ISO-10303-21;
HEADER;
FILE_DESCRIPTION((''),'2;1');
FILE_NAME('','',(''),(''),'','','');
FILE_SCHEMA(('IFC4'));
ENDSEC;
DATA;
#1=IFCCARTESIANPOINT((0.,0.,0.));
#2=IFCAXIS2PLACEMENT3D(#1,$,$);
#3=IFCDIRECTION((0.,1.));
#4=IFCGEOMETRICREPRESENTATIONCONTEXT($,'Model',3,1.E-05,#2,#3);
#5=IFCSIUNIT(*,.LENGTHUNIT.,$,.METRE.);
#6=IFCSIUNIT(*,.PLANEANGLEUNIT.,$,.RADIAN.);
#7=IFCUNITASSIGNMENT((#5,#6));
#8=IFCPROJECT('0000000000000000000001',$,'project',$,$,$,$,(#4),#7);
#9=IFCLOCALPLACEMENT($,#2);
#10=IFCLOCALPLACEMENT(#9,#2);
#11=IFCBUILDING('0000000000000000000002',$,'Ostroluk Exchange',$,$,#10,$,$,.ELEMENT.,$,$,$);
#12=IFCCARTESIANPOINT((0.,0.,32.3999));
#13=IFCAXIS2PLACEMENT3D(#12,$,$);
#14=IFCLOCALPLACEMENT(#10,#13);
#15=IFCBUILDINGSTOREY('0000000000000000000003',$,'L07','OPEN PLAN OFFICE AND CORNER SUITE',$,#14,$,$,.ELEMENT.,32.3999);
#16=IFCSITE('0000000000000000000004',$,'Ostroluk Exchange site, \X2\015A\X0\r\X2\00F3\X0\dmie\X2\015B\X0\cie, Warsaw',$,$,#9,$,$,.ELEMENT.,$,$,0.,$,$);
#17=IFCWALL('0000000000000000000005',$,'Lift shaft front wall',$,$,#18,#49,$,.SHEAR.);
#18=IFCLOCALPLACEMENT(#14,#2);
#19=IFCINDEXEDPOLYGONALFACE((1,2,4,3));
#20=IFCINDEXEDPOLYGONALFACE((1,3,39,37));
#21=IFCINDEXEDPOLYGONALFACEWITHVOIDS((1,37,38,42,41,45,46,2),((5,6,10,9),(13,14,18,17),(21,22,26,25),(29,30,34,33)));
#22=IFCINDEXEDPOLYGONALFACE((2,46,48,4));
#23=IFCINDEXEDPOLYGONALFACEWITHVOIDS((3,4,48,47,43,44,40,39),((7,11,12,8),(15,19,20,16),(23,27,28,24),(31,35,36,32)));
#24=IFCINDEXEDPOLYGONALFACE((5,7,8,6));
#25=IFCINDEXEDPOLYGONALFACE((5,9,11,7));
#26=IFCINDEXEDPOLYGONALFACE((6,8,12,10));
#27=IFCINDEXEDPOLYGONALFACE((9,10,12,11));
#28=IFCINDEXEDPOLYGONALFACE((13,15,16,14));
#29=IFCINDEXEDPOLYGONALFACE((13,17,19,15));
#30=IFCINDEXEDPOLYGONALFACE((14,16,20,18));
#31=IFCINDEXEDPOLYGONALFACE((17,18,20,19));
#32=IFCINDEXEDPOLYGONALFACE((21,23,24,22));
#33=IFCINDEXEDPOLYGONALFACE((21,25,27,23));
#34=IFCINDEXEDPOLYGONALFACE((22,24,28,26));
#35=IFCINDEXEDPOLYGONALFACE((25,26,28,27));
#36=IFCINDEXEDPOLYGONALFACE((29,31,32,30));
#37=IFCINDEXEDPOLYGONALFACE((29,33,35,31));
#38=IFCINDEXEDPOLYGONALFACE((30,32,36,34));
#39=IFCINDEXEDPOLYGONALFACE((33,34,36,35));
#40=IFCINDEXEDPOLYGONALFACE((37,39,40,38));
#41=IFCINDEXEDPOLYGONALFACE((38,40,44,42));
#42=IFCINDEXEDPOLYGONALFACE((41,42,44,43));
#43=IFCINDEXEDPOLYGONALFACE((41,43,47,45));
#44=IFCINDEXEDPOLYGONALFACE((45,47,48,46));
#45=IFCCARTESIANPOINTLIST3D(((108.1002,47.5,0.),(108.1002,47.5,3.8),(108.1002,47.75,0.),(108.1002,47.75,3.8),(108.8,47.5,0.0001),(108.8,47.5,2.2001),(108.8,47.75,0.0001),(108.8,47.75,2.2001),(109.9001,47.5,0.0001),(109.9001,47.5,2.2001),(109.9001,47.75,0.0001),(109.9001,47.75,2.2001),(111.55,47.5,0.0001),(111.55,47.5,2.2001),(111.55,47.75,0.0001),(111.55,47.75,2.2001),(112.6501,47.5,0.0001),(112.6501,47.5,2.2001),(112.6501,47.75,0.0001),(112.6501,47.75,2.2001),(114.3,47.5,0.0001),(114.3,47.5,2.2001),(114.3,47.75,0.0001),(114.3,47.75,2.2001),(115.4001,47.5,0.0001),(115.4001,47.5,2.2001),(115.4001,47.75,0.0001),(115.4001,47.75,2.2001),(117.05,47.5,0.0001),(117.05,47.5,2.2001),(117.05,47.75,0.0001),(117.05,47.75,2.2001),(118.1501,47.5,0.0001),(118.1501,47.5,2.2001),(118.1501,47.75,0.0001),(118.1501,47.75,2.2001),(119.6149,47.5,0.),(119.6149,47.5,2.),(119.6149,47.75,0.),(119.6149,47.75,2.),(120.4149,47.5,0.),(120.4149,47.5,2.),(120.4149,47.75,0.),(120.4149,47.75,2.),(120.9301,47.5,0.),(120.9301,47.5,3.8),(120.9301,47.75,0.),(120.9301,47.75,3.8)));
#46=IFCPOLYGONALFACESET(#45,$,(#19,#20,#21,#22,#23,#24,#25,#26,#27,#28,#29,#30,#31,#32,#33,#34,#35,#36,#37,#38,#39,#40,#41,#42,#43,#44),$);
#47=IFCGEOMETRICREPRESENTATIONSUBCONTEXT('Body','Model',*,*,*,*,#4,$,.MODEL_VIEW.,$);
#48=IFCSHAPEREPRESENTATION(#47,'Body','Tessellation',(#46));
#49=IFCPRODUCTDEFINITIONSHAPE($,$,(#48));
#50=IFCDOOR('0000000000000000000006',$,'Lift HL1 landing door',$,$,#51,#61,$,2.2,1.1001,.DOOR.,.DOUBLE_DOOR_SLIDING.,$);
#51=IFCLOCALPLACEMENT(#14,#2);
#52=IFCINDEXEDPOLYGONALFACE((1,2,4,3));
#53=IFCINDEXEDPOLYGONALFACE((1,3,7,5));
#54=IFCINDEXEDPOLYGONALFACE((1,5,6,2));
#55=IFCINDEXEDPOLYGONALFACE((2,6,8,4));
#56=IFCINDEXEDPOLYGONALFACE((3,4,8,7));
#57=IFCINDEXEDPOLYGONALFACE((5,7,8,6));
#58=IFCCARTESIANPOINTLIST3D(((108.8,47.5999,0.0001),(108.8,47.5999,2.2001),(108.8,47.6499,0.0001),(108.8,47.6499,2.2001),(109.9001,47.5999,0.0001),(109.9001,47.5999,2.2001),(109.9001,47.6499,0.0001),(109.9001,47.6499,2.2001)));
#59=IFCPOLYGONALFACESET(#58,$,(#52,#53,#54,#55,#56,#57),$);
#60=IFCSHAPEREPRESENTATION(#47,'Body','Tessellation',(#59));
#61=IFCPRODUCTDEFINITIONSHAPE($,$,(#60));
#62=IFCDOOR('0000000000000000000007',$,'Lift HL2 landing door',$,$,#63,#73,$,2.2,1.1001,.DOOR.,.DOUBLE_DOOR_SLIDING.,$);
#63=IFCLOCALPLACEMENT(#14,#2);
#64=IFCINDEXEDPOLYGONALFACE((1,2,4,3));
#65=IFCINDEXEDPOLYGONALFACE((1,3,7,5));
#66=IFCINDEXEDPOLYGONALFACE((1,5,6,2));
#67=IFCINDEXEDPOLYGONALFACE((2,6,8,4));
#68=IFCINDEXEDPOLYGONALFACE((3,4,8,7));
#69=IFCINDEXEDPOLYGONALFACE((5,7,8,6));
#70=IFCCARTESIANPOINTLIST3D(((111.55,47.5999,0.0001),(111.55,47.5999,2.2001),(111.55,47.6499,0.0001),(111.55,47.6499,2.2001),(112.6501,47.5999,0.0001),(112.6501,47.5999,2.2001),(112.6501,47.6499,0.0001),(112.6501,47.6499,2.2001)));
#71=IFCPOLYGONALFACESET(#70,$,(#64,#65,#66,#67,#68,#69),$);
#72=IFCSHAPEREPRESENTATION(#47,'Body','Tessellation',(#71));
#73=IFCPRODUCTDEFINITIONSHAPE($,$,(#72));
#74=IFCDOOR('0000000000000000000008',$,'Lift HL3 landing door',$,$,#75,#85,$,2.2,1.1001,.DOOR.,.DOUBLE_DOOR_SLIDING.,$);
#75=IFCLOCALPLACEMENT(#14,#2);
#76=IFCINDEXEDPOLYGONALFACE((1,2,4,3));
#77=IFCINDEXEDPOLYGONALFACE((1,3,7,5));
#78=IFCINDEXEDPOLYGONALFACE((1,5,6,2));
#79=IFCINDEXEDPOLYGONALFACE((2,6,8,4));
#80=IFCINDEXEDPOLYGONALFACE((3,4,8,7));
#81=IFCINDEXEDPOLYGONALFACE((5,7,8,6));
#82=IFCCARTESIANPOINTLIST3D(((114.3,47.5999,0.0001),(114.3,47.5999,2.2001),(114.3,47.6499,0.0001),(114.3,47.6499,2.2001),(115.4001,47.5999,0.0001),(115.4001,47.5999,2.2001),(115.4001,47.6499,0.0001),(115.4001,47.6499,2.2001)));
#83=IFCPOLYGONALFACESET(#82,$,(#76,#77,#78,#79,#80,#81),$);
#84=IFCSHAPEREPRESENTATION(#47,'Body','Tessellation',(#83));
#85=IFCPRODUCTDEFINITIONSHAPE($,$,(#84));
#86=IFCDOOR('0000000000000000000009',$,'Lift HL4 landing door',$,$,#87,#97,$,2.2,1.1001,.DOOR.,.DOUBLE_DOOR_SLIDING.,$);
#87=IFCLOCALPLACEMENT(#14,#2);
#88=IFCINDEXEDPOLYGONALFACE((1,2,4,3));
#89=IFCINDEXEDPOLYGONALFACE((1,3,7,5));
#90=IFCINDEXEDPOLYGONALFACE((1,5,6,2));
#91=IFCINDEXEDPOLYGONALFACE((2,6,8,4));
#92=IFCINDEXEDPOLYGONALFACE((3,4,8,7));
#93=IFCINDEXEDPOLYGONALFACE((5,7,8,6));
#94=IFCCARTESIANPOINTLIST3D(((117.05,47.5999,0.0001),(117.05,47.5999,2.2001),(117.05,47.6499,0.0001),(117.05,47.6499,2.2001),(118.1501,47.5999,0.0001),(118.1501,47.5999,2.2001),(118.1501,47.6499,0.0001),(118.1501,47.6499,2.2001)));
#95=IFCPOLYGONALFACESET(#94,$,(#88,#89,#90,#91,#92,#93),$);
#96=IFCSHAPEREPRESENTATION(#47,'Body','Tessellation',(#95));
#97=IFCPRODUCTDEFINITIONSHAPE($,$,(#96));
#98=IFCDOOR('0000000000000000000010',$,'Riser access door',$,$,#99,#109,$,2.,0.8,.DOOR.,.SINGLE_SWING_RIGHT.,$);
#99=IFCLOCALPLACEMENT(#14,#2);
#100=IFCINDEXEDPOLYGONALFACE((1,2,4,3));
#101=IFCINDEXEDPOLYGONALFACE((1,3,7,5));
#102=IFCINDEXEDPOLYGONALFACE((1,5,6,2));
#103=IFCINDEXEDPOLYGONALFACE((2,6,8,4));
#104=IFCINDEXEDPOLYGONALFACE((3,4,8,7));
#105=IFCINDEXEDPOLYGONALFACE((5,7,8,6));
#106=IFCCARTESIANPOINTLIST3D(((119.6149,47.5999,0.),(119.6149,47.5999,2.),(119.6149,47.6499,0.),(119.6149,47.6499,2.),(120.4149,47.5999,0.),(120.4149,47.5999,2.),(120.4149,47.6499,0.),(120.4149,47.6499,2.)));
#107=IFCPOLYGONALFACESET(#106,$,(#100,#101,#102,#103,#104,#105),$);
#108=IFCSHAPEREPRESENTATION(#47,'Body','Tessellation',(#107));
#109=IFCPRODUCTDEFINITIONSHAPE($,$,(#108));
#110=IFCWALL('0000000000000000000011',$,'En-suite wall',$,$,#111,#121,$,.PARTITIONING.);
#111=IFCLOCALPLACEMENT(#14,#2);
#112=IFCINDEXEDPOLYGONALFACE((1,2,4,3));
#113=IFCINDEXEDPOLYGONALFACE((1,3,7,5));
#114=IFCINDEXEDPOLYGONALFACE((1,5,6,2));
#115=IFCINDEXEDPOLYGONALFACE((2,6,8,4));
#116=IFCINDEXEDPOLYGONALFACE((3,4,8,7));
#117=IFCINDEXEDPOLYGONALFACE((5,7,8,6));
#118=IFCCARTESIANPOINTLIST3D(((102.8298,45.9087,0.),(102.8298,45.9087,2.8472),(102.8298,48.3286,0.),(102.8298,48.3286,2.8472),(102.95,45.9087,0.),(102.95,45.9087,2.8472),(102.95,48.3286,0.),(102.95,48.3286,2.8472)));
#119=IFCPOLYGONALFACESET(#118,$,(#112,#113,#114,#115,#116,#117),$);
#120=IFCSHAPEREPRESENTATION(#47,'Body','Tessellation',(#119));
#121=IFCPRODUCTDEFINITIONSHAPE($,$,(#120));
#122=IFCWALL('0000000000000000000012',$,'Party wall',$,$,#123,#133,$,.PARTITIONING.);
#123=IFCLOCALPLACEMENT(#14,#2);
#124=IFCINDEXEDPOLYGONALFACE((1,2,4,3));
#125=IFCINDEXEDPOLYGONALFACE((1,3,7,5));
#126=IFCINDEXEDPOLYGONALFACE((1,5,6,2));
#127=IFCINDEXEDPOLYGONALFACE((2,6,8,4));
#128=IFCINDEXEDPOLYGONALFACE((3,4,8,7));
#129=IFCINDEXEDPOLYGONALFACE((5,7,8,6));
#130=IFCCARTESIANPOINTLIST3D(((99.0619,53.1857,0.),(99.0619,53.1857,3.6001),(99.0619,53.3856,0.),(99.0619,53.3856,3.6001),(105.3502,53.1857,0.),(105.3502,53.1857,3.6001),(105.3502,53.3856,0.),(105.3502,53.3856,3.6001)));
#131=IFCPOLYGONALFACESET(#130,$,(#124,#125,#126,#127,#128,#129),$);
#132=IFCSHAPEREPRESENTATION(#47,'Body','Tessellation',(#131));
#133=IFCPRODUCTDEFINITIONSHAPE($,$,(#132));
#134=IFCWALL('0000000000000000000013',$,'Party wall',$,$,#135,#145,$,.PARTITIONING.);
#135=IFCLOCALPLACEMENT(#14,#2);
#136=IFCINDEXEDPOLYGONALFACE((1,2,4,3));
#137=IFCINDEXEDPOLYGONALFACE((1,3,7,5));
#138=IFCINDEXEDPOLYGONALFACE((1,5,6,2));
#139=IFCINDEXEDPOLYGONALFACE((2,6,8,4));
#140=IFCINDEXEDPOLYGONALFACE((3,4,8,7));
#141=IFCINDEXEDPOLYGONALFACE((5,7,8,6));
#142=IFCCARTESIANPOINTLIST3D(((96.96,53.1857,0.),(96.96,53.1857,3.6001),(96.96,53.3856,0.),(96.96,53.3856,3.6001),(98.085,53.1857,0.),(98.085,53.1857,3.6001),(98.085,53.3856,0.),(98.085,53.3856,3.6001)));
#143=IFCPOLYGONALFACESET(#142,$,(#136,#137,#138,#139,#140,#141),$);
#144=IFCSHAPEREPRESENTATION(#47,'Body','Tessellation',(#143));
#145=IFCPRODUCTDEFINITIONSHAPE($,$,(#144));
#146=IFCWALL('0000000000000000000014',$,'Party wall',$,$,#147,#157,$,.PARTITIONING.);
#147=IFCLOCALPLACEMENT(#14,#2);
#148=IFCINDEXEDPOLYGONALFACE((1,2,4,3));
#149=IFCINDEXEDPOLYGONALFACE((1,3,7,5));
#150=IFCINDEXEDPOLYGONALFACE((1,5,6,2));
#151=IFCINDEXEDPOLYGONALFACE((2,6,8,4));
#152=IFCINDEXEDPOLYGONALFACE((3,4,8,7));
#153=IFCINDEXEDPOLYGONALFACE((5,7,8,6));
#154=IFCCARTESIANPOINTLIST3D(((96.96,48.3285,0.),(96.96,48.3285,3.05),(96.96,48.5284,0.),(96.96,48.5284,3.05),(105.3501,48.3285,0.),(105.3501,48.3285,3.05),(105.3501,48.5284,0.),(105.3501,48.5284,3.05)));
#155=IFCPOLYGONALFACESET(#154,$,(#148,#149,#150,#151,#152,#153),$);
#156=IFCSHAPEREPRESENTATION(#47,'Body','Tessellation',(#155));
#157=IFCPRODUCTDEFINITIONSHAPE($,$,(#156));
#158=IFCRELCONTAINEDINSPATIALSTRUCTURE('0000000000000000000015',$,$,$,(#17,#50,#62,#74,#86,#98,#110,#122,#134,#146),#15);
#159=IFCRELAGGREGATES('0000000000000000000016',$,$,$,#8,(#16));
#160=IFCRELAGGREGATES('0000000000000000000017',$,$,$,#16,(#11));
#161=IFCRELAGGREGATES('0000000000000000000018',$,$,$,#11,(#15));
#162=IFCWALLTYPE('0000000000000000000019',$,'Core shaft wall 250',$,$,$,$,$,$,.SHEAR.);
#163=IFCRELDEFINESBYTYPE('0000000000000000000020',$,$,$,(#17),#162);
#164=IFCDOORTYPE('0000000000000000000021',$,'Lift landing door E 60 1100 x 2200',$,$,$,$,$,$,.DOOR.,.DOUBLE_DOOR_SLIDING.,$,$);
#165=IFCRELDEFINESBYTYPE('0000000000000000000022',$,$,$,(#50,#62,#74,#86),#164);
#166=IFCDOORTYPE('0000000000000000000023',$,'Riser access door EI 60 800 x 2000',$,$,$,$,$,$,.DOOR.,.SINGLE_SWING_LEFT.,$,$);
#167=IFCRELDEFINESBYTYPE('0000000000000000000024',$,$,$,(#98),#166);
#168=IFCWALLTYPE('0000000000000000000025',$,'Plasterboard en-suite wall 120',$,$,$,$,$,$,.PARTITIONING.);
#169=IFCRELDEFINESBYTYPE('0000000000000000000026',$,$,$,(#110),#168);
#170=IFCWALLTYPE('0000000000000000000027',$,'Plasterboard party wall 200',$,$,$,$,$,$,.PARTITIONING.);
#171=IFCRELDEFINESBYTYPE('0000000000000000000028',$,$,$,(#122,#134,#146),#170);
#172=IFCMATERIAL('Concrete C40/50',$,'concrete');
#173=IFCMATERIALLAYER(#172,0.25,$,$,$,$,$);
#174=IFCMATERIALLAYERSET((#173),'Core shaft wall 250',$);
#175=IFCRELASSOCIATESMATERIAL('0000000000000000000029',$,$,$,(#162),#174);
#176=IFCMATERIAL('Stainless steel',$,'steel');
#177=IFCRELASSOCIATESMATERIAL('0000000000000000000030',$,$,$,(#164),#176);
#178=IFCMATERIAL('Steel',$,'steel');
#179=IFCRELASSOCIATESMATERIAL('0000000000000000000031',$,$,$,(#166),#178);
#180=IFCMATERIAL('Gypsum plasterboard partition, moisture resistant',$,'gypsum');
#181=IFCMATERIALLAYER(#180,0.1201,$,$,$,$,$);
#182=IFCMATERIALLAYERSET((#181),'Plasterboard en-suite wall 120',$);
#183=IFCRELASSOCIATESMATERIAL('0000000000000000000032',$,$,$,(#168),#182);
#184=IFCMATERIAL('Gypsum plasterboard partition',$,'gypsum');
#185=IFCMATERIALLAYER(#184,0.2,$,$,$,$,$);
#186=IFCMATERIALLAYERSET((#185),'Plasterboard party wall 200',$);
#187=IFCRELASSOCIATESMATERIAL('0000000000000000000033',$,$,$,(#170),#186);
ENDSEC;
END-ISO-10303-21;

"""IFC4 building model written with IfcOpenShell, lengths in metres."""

from ifc_helpers import new_model, si_unit, direction, frame, frame_2d, origin, place, context, subcontext, project, spatial, rectangle, extrude, material, layer, layer_set, type_object, element, fill, save


model = new_model("IFC4")

# Units and contexts
model_context = context("Model", 3, precision=1e-05, world=origin(), true_north=direction((0.0, 1.0)))
body_context = subcontext(model_context, "Body", "Model", "MODEL_VIEW")
ifc_project = project(units=[si_unit("LENGTHUNIT", "METRE"), si_unit("PLANEANGLEUNIT", "RADIAN")], contexts=[model_context])

# Site, building, storey
site_placement = place(None, origin())
site = spatial("IfcSite", under=ifc_project, at=site_placement, Name="Ostroluk Exchange site, Śródmieście, Warsaw", CompositionType="ELEMENT", RefElevation=0.0)
building_placement = place(site_placement, origin())
building = spatial("IfcBuilding", under=site, at=building_placement, Name="Ostroluk Exchange", CompositionType="ELEMENT")
storey_placement = place(building_placement, frame((0.0, 0.0, 32.3999)))
storey = spatial("IfcBuildingStorey", under=building, at=storey_placement, Name="L07", Description="OPEN PLAN OFFICE AND CORNER SUITE", CompositionType="ELEMENT", Elevation=32.3999)

# Shared definitions
ifc_material_1 = material(Name="Concrete C40/50", Category="concrete")
ifc_layer_1 = layer(ifc_material_1, 0.25)
ifc_layer_set_1 = layer_set([ifc_layer_1], Name="Core shaft wall 250")
wall_type_1 = type_object("IfcWallType", Name="Core shaft wall 250", PredefinedType="SHEAR", material=ifc_layer_set_1)

# Wall, openings, doors
wall_1_placement = place(storey_placement, frame((108.1001, 47.625, 0.0), z_axis=(0.0, 0.0, 1.0), x_axis=(1.0, 0.0, 0.0)))
wall_1 = element("IfcWall", 1, at=wall_1_placement, inside=storey, type_object=wall_type_1, Name="Lift shaft front wall", PredefinedType="SHEAR", context=body_context, shape_type="SweptSolid", body=[
    extrude(rectangle(XDim=12.8298, YDim=0.25, at=frame_2d((6.415, 0.0))), origin(), (0.0, 0.0, 1.0), 3.8),
])
opening_1_placement = place(wall_1_placement, frame((0.7, 0.0, 0.0)))
opening_1 = element("IfcOpeningElement", 2, at=opening_1_placement, cuts=wall_1, PredefinedType="OPENING", context=body_context, shape_type="SweptSolid", body=[
    extrude(rectangle(XDim=1.1001, YDim=2.2, at=frame_2d((0.55, 1.1001))), frame((0.0, 0.135, 0.0), z_axis=(0.0, -1.0, 0.0), x_axis=(1.0, 0.0, 0.0)), (0.0, 0.0, 1.0), 0.27),
])
opening_2_placement = place(wall_1_placement, frame((3.45, 0.0, 0.0)))
opening_2 = element("IfcOpeningElement", 3, at=opening_2_placement, cuts=wall_1, PredefinedType="OPENING", context=body_context, shape_type="SweptSolid", body=[
    extrude(rectangle(XDim=1.1001, YDim=2.2, at=frame_2d((0.55, 1.1001))), frame((0.0, 0.135, 0.0), z_axis=(0.0, -1.0, 0.0), x_axis=(1.0, 0.0, 0.0)), (0.0, 0.0, 1.0), 0.27),
])
opening_3_placement = place(wall_1_placement, frame((6.2, 0.0, 0.0)))
opening_3 = element("IfcOpeningElement", 4, at=opening_3_placement, cuts=wall_1, PredefinedType="OPENING", context=body_context, shape_type="SweptSolid", body=[
    extrude(rectangle(XDim=1.1001, YDim=2.2, at=frame_2d((0.55, 1.1001))), frame((0.0, 0.135, 0.0), z_axis=(0.0, -1.0, 0.0), x_axis=(1.0, 0.0, 0.0)), (0.0, 0.0, 1.0), 0.27),
])
opening_4_placement = place(wall_1_placement, frame((8.95, 0.0, 0.0)))
opening_4 = element("IfcOpeningElement", 5, at=opening_4_placement, cuts=wall_1, PredefinedType="OPENING", context=body_context, shape_type="SweptSolid", body=[
    extrude(rectangle(XDim=1.1001, YDim=2.2, at=frame_2d((0.55, 1.1001))), frame((0.0, 0.135, 0.0), z_axis=(0.0, -1.0, 0.0), x_axis=(1.0, 0.0, 0.0)), (0.0, 0.0, 1.0), 0.27),
])
opening_5_placement = place(wall_1_placement, frame((11.5149, 0.0, 0.0)))
opening_5 = element("IfcOpeningElement", 6, at=opening_5_placement, cuts=wall_1, PredefinedType="OPENING", context=body_context, shape_type="SweptSolid", body=[
    extrude(rectangle(XDim=0.8, YDim=2.0, at=frame_2d((0.3999, 1.0))), frame((0.0, 0.135, 0.0), z_axis=(0.0, -1.0, 0.0), x_axis=(1.0, 0.0, 0.0)), (0.0, 0.0, 1.0), 0.27),
])
ifc_material_2 = material(Name="Stainless steel", Category="steel")
door_type_1 = type_object("IfcDoorType", Name="Lift landing door E 60 1100 x 2200", OperationType="DOUBLE_DOOR_SLIDING", PredefinedType="DOOR", material=ifc_material_2)
door_1_placement = place(opening_1_placement, origin())
door_1 = element("IfcDoor", 7, at=door_1_placement, inside=storey, type_object=door_type_1, Name="Lift HL1 landing door", OperationType="DOUBLE_DOOR_SLIDING", OverallHeight=2.2, OverallWidth=1.1001, PredefinedType="DOOR", context=body_context, shape_type="SweptSolid", body=[
    extrude(rectangle(XDim=1.1001, YDim=2.2, at=frame_2d((0.55, 1.1001))), frame((0.0, 0.0249, 0.0), z_axis=(0.0, -1.0, 0.0), x_axis=(1.0, 0.0, 0.0)), (0.0, 0.0, 1.0), 0.05),
])
fill(opening_1, door_1)
door_2_placement = place(opening_2_placement, origin())
door_2 = element("IfcDoor", 8, at=door_2_placement, inside=storey, type_object=door_type_1, Name="Lift HL2 landing door", OperationType="DOUBLE_DOOR_SLIDING", OverallHeight=2.2, OverallWidth=1.1001, PredefinedType="DOOR", context=body_context, shape_type="SweptSolid", body=[
    extrude(rectangle(XDim=1.1001, YDim=2.2, at=frame_2d((0.55, 1.1001))), frame((0.0, 0.0249, 0.0), z_axis=(0.0, -1.0, 0.0), x_axis=(1.0, 0.0, 0.0)), (0.0, 0.0, 1.0), 0.05),
])
fill(opening_2, door_2)
door_3_placement = place(opening_3_placement, origin())
door_3 = element("IfcDoor", 9, at=door_3_placement, inside=storey, type_object=door_type_1, Name="Lift HL3 landing door", OperationType="DOUBLE_DOOR_SLIDING", OverallHeight=2.2, OverallWidth=1.1001, PredefinedType="DOOR", context=body_context, shape_type="SweptSolid", body=[
    extrude(rectangle(XDim=1.1001, YDim=2.2, at=frame_2d((0.55, 1.1001))), frame((0.0, 0.0249, 0.0), z_axis=(0.0, -1.0, 0.0), x_axis=(1.0, 0.0, 0.0)), (0.0, 0.0, 1.0), 0.05),
])
fill(opening_3, door_3)
door_4_placement = place(opening_4_placement, origin())
door_4 = element("IfcDoor", 10, at=door_4_placement, inside=storey, type_object=door_type_1, Name="Lift HL4 landing door", OperationType="DOUBLE_DOOR_SLIDING", OverallHeight=2.2, OverallWidth=1.1001, PredefinedType="DOOR", context=body_context, shape_type="SweptSolid", body=[
    extrude(rectangle(XDim=1.1001, YDim=2.2, at=frame_2d((0.55, 1.1001))), frame((0.0, 0.0249, 0.0), z_axis=(0.0, -1.0, 0.0), x_axis=(1.0, 0.0, 0.0)), (0.0, 0.0, 1.0), 0.05),
])
fill(opening_4, door_4)
ifc_material_3 = material(Name="Steel", Category="steel")
door_type_2 = type_object("IfcDoorType", Name="Riser access door EI 60 800 x 2000", OperationType="SINGLE_SWING_LEFT", PredefinedType="DOOR", material=ifc_material_3)
door_5_placement = place(opening_5_placement, origin())
door_5 = element("IfcDoor", 11, at=door_5_placement, inside=storey, type_object=door_type_2, Name="Riser access door", OperationType="SINGLE_SWING_RIGHT", OverallHeight=2.0, OverallWidth=0.8, PredefinedType="DOOR", context=body_context, shape_type="SweptSolid", body=[
    extrude(rectangle(XDim=0.8, YDim=2.0, at=frame_2d((0.3999, 1.0))), frame((0.0, 0.0249, 0.0), z_axis=(0.0, -1.0, 0.0), x_axis=(1.0, 0.0, 0.0)), (0.0, 0.0, 1.0), 0.05),
])
fill(opening_5, door_5)

# Walls
ifc_material_4 = material(Name="Gypsum plasterboard partition, moisture resistant", Category="gypsum")
ifc_layer_2 = layer(ifc_material_4, 0.1201)
ifc_layer_set_2 = layer_set([ifc_layer_2], Name="Plasterboard en-suite wall 120")
wall_type_2 = type_object("IfcWallType", Name="Plasterboard en-suite wall 120", PredefinedType="PARTITIONING", material=ifc_layer_set_2)
wall_2_placement = place(storey_placement, frame((102.8899, 48.3286, 0.0), z_axis=(0.0, 0.0, 1.0), x_axis=(0.0, -1.0, 0.0)))
element("IfcWall", 12, at=wall_2_placement, inside=storey, type_object=wall_type_2, Name="En-suite wall", PredefinedType="PARTITIONING", context=body_context, shape_type="SweptSolid", body=[
    extrude(rectangle(XDim=2.4199, YDim=0.1201, at=frame_2d((1.21, 0.0))), origin(), (0.0, 0.0, 1.0), 2.8472),
])
ifc_material_5 = material(Name="Gypsum plasterboard partition", Category="gypsum")
ifc_layer_3 = layer(ifc_material_5, 0.2)
ifc_layer_set_3 = layer_set([ifc_layer_3], Name="Plasterboard party wall 200")
wall_type_3 = type_object("IfcWallType", Name="Plasterboard party wall 200", PredefinedType="PARTITIONING", material=ifc_layer_set_3)
wall_3_placement = place(storey_placement, frame((105.3501, 53.2856, 0.0), z_axis=(0.0, 0.0, 1.0), x_axis=(-1.0, 0.0, 0.0)))
element("IfcWall", 13, at=wall_3_placement, inside=storey, type_object=wall_type_3, Name="Party wall", PredefinedType="PARTITIONING", context=body_context, shape_type="SweptSolid", body=[
    extrude(rectangle(XDim=6.2883, YDim=0.2, at=frame_2d((3.144, 0.0))), origin(), (0.0, 0.0, 1.0), 3.6001),
])
wall_4_placement = place(storey_placement, frame((98.085, 53.2856, 0.0), z_axis=(0.0, 0.0, 1.0), x_axis=(-1.0, 0.0, 0.0)))
element("IfcWall", 14, at=wall_4_placement, inside=storey, type_object=wall_type_3, Name="Party wall", PredefinedType="PARTITIONING", context=body_context, shape_type="SweptSolid", body=[
    extrude(rectangle(XDim=1.125, YDim=0.2, at=frame_2d((0.5625, 0.0))), origin(), (0.0, 0.0, 1.0), 3.6001),
])
wall_5_placement = place(storey_placement, frame((105.3501, 48.4285, 0.0), z_axis=(0.0, 0.0, 1.0), x_axis=(-1.0, 0.0, 0.0)))
element("IfcWall", 15, at=wall_5_placement, inside=storey, type_object=wall_type_3, Name="Party wall", PredefinedType="PARTITIONING", context=body_context, shape_type="SweptSolid", body=[
    extrude(rectangle(XDim=8.3901, YDim=0.2, at=frame_2d((4.1951, 0.0))), origin(), (0.0, 0.0, 1.0), 3.05),
])

save(model, "model.ifc")
